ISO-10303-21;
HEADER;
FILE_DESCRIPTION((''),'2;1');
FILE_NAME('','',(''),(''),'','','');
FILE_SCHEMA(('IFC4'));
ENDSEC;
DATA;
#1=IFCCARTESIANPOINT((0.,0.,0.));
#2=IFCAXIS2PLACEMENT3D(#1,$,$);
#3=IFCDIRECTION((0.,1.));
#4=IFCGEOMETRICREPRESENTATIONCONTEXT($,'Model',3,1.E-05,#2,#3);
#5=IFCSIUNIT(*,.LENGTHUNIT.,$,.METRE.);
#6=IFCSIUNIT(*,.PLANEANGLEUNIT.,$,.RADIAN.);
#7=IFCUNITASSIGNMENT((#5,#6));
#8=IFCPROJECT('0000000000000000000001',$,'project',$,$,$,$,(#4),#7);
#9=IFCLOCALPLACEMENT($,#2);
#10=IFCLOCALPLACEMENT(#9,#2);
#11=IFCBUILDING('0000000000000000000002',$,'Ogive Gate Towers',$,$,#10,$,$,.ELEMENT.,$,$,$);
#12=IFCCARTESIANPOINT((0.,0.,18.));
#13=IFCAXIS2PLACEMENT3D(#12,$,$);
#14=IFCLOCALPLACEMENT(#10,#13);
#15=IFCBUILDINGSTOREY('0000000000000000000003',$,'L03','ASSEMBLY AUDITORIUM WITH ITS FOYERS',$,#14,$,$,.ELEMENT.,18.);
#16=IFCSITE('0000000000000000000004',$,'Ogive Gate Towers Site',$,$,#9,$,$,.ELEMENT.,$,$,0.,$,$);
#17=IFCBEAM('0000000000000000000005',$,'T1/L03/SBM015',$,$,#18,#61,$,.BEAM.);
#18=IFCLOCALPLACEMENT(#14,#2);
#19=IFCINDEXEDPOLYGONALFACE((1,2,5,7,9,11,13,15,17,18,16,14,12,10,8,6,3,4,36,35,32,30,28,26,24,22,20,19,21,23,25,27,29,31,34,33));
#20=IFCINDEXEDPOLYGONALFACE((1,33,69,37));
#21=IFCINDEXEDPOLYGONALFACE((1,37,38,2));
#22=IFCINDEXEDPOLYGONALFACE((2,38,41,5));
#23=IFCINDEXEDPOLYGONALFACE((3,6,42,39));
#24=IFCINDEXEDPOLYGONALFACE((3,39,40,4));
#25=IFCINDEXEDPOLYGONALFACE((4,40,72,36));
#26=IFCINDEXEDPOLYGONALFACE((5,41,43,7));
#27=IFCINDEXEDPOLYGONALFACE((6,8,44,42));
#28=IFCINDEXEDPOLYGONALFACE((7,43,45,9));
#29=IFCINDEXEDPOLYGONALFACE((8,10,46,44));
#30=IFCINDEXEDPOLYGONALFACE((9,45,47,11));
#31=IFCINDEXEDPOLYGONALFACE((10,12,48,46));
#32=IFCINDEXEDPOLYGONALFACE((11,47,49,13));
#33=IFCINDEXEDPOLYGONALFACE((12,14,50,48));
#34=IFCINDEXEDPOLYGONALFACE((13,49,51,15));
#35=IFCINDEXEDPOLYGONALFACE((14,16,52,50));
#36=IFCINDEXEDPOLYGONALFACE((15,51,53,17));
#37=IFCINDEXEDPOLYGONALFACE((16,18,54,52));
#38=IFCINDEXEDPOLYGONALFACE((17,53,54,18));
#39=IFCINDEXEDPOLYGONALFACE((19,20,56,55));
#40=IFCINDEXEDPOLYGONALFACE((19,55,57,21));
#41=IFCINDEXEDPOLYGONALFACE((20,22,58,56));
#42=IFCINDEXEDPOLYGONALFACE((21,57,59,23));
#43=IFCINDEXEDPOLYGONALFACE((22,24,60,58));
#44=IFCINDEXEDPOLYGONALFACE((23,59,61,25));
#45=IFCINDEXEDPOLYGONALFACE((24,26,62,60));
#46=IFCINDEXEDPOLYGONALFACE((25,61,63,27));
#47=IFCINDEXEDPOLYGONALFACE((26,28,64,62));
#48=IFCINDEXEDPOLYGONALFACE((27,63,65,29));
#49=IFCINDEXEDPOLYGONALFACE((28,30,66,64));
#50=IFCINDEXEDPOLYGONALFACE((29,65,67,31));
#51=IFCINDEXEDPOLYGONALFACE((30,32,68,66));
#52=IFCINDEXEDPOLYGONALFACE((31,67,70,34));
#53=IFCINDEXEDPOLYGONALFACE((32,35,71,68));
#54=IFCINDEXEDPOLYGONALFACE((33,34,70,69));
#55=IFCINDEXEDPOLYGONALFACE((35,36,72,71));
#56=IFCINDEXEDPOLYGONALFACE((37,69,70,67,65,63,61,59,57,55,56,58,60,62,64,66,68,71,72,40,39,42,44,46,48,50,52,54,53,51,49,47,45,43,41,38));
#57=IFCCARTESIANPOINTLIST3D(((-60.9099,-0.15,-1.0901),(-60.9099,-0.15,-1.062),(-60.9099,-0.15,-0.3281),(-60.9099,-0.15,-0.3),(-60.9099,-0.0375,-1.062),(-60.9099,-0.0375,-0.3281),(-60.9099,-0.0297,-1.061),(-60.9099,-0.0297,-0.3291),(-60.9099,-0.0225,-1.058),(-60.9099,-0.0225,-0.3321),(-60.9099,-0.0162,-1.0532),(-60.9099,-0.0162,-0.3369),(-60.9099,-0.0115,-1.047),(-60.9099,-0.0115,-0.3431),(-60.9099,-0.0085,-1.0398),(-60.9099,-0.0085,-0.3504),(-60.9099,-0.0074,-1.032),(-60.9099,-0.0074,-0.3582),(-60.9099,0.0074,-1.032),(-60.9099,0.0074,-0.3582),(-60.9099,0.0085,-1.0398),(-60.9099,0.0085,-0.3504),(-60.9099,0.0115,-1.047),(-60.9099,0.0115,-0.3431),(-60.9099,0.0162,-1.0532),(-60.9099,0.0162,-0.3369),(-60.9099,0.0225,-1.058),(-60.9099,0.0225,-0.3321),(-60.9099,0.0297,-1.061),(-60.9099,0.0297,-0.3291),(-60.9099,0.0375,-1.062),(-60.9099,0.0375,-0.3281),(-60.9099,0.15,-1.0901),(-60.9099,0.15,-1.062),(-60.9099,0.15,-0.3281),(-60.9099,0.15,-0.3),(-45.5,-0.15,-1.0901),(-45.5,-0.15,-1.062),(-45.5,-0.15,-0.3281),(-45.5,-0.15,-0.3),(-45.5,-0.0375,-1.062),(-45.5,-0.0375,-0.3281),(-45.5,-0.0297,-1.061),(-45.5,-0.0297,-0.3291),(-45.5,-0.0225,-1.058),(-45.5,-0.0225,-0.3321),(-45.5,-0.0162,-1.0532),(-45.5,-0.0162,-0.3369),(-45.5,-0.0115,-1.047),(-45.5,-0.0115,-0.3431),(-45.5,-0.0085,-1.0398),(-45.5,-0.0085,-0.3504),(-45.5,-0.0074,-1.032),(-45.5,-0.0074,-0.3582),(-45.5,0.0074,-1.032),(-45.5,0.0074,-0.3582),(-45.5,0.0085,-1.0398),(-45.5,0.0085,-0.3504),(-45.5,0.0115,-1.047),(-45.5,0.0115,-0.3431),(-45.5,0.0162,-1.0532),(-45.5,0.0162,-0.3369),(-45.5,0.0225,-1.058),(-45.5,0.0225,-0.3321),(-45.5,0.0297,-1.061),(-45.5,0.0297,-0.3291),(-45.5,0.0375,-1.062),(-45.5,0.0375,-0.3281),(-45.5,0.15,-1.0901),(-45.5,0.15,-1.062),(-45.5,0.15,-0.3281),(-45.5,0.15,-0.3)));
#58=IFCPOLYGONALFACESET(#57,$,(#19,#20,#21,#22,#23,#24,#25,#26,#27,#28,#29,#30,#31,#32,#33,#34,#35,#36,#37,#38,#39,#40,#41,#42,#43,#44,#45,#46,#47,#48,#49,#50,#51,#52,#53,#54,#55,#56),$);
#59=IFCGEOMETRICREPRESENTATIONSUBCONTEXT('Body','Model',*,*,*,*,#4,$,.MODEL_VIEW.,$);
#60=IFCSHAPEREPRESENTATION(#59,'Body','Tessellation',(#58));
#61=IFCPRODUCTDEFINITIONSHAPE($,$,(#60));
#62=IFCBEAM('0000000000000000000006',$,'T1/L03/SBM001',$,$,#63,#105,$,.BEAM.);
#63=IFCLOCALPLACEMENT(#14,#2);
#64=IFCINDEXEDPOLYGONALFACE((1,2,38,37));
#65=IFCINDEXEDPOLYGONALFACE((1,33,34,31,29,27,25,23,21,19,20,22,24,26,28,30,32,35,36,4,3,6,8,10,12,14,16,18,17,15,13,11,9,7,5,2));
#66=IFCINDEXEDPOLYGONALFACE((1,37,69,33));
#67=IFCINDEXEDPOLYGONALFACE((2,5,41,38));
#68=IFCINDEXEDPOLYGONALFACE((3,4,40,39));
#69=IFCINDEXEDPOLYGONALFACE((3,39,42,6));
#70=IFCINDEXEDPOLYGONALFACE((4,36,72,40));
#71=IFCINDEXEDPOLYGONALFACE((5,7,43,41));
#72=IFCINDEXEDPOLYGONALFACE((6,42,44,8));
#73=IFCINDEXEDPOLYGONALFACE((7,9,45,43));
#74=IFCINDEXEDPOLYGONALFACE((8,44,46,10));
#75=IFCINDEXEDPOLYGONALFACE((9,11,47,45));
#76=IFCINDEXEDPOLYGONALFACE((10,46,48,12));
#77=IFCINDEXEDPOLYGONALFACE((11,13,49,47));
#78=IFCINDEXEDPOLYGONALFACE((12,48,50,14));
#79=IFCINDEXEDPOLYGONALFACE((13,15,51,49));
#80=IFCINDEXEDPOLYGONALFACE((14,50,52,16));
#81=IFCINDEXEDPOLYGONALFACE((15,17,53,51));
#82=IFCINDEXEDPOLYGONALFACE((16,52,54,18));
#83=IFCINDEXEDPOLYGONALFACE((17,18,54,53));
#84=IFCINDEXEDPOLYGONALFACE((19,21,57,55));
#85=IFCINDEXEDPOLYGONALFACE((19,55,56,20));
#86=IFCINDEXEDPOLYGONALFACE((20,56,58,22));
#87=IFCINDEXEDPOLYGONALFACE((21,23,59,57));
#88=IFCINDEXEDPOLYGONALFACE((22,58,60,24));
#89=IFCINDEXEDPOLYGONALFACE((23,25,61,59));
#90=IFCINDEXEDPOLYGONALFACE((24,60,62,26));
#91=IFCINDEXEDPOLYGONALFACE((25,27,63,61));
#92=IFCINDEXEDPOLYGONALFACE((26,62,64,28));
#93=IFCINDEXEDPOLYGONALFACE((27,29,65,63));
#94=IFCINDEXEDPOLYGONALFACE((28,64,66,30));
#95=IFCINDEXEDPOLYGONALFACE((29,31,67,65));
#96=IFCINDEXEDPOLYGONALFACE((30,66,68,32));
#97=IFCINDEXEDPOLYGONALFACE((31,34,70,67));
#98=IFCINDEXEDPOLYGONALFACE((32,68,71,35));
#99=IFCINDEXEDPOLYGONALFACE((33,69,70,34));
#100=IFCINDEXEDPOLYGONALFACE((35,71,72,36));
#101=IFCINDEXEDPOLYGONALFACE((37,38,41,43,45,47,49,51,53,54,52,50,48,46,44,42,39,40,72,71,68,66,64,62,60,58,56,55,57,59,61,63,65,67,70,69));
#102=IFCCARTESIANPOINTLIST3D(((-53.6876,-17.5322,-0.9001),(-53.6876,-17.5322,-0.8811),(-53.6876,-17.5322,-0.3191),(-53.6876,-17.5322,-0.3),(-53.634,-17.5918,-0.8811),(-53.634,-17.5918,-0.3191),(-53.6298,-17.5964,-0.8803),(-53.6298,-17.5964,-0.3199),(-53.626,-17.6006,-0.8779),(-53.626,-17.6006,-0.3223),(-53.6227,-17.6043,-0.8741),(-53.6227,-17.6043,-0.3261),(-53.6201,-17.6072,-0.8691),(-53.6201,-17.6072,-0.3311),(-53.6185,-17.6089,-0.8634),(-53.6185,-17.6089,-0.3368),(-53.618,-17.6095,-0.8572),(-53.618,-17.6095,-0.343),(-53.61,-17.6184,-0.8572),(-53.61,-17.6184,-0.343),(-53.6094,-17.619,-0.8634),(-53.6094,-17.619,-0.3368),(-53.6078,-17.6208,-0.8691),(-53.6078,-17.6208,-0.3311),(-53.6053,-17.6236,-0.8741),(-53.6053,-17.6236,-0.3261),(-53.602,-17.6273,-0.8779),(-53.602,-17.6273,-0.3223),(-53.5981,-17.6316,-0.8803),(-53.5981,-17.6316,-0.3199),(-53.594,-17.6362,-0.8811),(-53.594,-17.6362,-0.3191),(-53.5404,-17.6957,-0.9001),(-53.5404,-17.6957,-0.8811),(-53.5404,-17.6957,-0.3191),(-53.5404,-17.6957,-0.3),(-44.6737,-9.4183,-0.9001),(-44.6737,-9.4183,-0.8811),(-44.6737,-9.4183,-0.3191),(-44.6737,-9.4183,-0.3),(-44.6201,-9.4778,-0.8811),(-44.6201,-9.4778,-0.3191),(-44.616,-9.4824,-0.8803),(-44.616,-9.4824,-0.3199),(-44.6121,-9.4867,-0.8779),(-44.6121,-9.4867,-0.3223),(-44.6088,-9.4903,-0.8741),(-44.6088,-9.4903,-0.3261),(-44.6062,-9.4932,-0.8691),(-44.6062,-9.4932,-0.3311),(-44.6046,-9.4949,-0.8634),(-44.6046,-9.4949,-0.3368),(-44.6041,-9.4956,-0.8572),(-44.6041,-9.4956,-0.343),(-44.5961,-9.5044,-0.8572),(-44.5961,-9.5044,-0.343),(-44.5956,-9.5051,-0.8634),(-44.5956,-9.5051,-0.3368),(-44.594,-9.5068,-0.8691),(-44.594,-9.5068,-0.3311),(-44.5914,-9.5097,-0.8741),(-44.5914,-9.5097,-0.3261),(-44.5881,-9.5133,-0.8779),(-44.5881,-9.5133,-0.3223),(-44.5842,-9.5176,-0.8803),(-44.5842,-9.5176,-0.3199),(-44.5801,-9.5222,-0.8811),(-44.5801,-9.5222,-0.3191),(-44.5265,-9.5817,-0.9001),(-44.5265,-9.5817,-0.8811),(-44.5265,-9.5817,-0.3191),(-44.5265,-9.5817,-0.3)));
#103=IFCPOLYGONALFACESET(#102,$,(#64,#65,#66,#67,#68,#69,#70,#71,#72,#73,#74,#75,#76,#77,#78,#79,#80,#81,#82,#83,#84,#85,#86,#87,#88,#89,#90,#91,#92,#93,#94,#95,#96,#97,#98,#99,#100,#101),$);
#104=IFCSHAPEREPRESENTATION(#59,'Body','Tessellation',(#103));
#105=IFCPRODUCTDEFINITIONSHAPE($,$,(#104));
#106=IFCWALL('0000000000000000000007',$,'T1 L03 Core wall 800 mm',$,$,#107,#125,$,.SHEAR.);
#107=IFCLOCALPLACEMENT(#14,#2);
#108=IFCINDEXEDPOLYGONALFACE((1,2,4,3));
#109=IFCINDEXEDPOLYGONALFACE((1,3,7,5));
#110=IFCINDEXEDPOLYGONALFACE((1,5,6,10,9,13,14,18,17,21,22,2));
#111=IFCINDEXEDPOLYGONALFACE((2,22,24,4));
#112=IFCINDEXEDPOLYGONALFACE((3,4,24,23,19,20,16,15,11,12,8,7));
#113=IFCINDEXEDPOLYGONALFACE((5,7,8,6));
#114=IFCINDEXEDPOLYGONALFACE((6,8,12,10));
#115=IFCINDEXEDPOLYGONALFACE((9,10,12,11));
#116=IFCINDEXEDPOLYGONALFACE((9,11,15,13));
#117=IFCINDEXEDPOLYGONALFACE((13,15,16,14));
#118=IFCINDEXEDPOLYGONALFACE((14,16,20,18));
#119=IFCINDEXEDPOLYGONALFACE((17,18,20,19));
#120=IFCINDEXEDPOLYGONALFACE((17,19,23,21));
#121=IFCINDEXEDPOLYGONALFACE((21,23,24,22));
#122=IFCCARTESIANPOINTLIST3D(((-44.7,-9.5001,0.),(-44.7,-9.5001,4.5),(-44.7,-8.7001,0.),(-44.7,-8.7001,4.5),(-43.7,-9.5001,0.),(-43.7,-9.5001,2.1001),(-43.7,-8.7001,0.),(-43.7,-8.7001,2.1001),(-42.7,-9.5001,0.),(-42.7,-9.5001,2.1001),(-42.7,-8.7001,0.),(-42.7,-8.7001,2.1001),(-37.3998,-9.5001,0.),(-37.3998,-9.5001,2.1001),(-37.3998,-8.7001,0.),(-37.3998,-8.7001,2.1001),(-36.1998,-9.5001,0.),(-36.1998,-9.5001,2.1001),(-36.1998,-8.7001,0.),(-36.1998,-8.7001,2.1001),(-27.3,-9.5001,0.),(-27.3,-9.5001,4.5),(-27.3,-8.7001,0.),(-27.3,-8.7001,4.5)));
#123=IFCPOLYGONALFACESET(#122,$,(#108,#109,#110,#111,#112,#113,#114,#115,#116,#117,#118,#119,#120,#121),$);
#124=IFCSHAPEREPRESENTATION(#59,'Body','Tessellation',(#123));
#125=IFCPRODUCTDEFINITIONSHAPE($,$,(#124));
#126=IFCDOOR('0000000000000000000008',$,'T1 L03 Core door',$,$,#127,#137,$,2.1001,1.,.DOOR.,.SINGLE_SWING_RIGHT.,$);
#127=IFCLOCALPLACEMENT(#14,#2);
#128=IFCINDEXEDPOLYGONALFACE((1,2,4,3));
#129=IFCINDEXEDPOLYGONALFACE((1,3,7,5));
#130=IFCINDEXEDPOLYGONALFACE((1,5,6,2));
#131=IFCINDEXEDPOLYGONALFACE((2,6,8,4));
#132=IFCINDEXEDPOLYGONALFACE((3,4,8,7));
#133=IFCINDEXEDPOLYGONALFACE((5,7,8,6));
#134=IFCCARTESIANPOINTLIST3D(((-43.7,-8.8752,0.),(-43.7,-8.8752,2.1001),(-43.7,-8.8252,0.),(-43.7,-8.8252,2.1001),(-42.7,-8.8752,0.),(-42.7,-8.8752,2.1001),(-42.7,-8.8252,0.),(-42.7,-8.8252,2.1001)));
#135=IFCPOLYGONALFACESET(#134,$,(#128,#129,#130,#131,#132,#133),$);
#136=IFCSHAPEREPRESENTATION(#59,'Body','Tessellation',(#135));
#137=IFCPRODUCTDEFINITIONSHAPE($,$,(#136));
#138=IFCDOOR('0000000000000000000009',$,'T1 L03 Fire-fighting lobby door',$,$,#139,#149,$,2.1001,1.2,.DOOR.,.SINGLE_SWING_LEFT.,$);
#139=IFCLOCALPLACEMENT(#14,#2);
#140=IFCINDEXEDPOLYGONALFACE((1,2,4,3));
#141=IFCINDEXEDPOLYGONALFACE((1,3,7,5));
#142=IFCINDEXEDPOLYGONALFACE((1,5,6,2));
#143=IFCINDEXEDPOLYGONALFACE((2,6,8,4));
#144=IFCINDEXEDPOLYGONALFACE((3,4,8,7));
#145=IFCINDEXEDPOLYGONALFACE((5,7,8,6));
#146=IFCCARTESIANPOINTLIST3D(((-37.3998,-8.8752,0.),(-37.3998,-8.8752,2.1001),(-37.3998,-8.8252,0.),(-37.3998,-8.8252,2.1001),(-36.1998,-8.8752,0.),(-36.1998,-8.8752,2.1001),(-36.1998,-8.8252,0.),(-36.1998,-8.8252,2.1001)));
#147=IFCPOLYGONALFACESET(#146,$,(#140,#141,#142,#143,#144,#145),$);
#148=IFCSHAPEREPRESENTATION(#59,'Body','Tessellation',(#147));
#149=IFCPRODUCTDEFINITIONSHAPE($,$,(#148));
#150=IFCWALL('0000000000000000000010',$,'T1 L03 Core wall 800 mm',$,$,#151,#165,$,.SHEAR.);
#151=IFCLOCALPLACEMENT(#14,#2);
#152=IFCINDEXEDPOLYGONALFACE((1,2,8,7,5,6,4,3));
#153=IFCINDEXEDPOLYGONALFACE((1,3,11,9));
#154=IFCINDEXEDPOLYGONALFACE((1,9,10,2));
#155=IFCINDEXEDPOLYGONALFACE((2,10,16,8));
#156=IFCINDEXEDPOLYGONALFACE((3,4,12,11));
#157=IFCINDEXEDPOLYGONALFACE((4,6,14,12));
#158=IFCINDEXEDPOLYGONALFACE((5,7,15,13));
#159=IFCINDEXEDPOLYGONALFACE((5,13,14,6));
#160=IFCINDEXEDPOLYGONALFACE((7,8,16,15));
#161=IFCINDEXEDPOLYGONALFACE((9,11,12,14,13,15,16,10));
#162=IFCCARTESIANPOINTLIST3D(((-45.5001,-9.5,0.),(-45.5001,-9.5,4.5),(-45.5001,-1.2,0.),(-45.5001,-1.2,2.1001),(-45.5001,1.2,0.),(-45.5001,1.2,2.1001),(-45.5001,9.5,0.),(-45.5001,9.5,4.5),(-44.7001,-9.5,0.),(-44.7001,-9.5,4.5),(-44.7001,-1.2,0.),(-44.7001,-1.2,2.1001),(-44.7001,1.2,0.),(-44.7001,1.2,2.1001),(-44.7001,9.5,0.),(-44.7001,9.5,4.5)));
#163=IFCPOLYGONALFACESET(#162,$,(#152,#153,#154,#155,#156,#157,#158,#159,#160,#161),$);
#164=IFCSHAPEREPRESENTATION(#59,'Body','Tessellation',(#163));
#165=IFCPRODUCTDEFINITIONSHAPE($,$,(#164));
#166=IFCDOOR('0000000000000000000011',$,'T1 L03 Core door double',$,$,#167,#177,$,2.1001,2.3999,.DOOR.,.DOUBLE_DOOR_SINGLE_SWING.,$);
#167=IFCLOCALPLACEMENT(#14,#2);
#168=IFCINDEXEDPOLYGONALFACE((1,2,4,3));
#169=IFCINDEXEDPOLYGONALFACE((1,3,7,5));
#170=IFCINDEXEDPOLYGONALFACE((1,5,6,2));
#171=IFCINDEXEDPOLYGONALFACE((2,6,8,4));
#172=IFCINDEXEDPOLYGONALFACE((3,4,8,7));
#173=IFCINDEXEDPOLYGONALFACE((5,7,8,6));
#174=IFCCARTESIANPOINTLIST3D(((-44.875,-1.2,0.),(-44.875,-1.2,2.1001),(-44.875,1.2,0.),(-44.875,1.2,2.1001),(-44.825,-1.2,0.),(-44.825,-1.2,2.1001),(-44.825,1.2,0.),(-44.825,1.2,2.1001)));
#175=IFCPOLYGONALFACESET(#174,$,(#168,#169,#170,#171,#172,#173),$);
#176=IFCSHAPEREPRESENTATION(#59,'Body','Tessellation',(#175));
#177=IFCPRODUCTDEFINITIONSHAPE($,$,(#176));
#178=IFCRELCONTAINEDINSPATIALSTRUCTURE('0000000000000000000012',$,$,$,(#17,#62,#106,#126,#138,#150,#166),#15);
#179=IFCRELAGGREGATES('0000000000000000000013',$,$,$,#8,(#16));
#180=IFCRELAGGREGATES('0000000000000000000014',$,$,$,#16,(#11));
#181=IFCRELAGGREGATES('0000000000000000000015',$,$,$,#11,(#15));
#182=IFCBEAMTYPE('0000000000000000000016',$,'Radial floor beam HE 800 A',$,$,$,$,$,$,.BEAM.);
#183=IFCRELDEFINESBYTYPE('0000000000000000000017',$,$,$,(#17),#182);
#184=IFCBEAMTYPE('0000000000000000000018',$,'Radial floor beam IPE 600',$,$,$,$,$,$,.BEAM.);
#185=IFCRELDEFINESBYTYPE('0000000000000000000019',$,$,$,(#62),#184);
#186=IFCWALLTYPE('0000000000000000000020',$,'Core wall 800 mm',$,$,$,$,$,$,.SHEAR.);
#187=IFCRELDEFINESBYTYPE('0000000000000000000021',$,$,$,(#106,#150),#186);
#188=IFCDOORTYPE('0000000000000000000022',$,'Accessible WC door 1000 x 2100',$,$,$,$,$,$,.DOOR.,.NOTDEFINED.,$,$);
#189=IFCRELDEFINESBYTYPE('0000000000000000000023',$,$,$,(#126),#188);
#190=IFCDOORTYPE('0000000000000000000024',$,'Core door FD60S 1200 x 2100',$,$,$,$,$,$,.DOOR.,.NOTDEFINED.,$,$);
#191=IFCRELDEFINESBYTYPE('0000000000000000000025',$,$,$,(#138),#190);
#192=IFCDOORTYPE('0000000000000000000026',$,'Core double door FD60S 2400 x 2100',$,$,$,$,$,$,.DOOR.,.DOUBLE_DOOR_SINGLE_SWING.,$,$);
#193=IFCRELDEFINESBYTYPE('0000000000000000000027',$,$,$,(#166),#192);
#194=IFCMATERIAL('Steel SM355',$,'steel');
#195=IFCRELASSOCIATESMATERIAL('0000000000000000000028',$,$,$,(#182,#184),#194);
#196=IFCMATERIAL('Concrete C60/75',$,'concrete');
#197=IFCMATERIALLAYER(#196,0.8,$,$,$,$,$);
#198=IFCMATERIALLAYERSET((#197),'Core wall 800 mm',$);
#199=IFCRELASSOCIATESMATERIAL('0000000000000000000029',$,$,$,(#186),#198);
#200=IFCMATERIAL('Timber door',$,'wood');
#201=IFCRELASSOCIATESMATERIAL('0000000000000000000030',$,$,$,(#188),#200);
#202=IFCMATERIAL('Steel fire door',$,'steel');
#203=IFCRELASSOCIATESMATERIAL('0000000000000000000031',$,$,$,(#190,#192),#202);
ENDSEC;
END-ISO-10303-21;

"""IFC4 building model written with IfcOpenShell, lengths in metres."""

from ifc_helpers import new_model, si_unit, direction, frame, frame_2d, origin, origin_2d, place, context, subcontext, project, spatial, rectangle, i_section, extrude, material, layer, layer_set, material_profile, profile_set, type_object, element, fill, save


model = new_model("IFC4")

# Units and contexts
model_context = context("Model", 3, precision=1e-05, world=origin(), true_north=direction((0.0, 1.0)))
body_context = subcontext(model_context, "Body", "Model", "MODEL_VIEW")
ifc_project = project(units=[si_unit("LENGTHUNIT", "METRE"), si_unit("PLANEANGLEUNIT", "RADIAN")], contexts=[model_context])

# Site, building, storey
site_placement = place(None, origin())
site = spatial("IfcSite", under=ifc_project, at=site_placement, Name="Ogive Gate Towers Site", CompositionType="ELEMENT", RefElevation=0.0)
building_placement = place(site_placement, origin())
building = spatial("IfcBuilding", under=site, at=building_placement, Name="Ogive Gate Towers", CompositionType="ELEMENT")
storey_placement = place(building_placement, frame((0.0, 0.0, 18.0)))
storey = spatial("IfcBuildingStorey", under=building, at=storey_placement, Name="L03", Description="ASSEMBLY AUDITORIUM WITH ITS FOYERS", CompositionType="ELEMENT", Elevation=18.0)

# Beams
ifc_material_1 = material(Name="Steel SM355", Category="steel")
ifc_material_profile_1 = material_profile(ifc_material_1, i_section(OverallWidth=0.3, OverallDepth=0.79, WebThickness=0.0149, FlangeThickness=0.0281, FilletRadius=0.03, at=origin_2d()), Name="HE 800 A")
ifc_profile_set_1 = profile_set([ifc_material_profile_1], Name="Steel SM355")
beam_type_1 = type_object("IfcBeamType", Name="Radial floor beam HE 800 A", PredefinedType="BEAM", material=ifc_profile_set_1)
beam_1_placement = place(storey_placement, frame((-45.5, 0.0, -0.6951), z_axis=(-1.0, 0.0, 0.0), x_axis=(0.0, -1.0, 0.0)))
element("IfcBeam", 1, at=beam_1_placement, inside=storey, type_object=beam_type_1, Name="T1/L03/SBM015", PredefinedType="BEAM", context=body_context, shape_type="SweptSolid", body=[
    extrude(i_section(OverallWidth=0.3, OverallDepth=0.79, WebThickness=0.0149, FlangeThickness=0.0281, FilletRadius=0.03, at=origin_2d()), origin(), (0.0, 0.0, 1.0), 15.4099),
])
ifc_material_profile_2 = material_profile(ifc_material_1, i_section(OverallWidth=0.22, OverallDepth=0.6001, WebThickness=0.012, FlangeThickness=0.019, FilletRadius=0.0239, at=origin_2d()), Name="IPE 600")
ifc_profile_set_2 = profile_set([ifc_material_profile_2], Name="Steel SM355")
beam_type_2 = type_object("IfcBeamType", Name="Radial floor beam IPE 600", PredefinedType="BEAM", material=ifc_profile_set_2)
beam_2_placement = place(storey_placement, frame((-44.6001, -9.5, -0.6001), z_axis=(-0.743233, -0.669033, 0.0), x_axis=(0.669033, -0.743233, 0.0)))
element("IfcBeam", 2, at=beam_2_placement, inside=storey, type_object=beam_type_2, Name="T1/L03/SBM001", PredefinedType="BEAM", context=body_context, shape_type="SweptSolid", body=[
    extrude(i_section(OverallWidth=0.22, OverallDepth=0.6001, WebThickness=0.012, FlangeThickness=0.019, FilletRadius=0.0239, at=origin_2d()), origin(), (0.0, 0.0, 1.0), 12.1279),
])

# Wall, openings, doors
ifc_material_2 = material(Name="Concrete C60/75", Category="concrete")
ifc_layer_1 = layer(ifc_material_2, 0.8)
ifc_layer_set_1 = layer_set([ifc_layer_1], Name="Core wall 800 mm")
wall_type_1 = type_object("IfcWallType", Name="Core wall 800 mm", PredefinedType="SHEAR", material=ifc_layer_set_1)
wall_1_placement = place(storey_placement, frame((-44.7, -9.1001, 0.0), z_axis=(0.0, 0.0, 1.0), x_axis=(1.0, 0.0, 0.0)))
wall_1 = element("IfcWall", 3, at=wall_1_placement, inside=storey, type_object=wall_type_1, Name="T1 L03 Core wall 800 mm", PredefinedType="SHEAR", context=body_context, shape_type="SweptSolid", body=[
    extrude(rectangle(XDim=17.3999, YDim=0.8, at=frame_2d((8.7, 0.0))), origin(), (0.0, 0.0, 1.0), 4.5),
])
opening_1_placement = place(wall_1_placement, frame((7.3, 0.0, 0.0)))
opening_1 = element("IfcOpeningElement", 4, at=opening_1_placement, cuts=wall_1, PredefinedType="OPENING", context=body_context, shape_type="SweptSolid", body=[
    extrude(rectangle(XDim=1.2, YDim=2.1001, at=frame_2d((0.6001, 1.05))), frame((0.0, 0.4102, 0.0), z_axis=(0.0, -1.0, 0.0), x_axis=(1.0, 0.0, 0.0)), (0.0, 0.0, 1.0), 0.8201),
])
opening_2_placement = place(wall_1_placement, frame((1.0, 0.0, 0.0)))
opening_2 = element("IfcOpeningElement", 5, at=opening_2_placement, cuts=wall_1, PredefinedType="OPENING", context=body_context, shape_type="SweptSolid", body=[
    extrude(rectangle(XDim=1.0, YDim=2.1001, at=frame_2d((0.5, 1.05))), frame((0.0, 0.4102, 0.0), z_axis=(0.0, -1.0, 0.0), x_axis=(1.0, 0.0, 0.0)), (0.0, 0.0, 1.0), 0.8201),
])
ifc_material_3 = material(Name="Timber door", Category="wood")
door_type_1 = type_object("IfcDoorType", Name="Accessible WC door 1000 x 2100", OperationType="NOTDEFINED", PredefinedType="DOOR", material=ifc_material_3)
door_1_placement = place(opening_2_placement, origin())
door_1 = element("IfcDoor", 6, at=door_1_placement, inside=storey, type_object=door_type_1, Name="T1 L03 Core door", OperationType="SINGLE_SWING_RIGHT", OverallHeight=2.1001, OverallWidth=1.0, PredefinedType="DOOR", context=body_context, shape_type="SweptSolid", body=[
    extrude(rectangle(XDim=1.0, YDim=2.1001, at=frame_2d((0.5, 1.05))), frame((0.0, 0.2749, 0.0), z_axis=(0.0, -1.0, 0.0), x_axis=(1.0, 0.0, 0.0)), (0.0, 0.0, 1.0), 0.05),
])
fill(opening_2, door_1)
ifc_material_4 = material(Name="Steel fire door", Category="steel")
door_type_2 = type_object("IfcDoorType", Name="Core door FD60S 1200 x 2100", OperationType="NOTDEFINED", PredefinedType="DOOR", material=ifc_material_4)
door_2_placement = place(opening_1_placement, origin())
door_2 = element("IfcDoor", 7, at=door_2_placement, inside=storey, type_object=door_type_2, Name="T1 L03 Fire-fighting lobby door", OperationType="SINGLE_SWING_LEFT", OverallHeight=2.1001, OverallWidth=1.2, PredefinedType="DOOR", context=body_context, shape_type="SweptSolid", body=[
    extrude(rectangle(XDim=1.2, YDim=2.1001, at=frame_2d((0.6001, 1.05))), frame((0.0, 0.2749, 0.0), z_axis=(0.0, -1.0, 0.0), x_axis=(1.0, 0.0, 0.0)), (0.0, 0.0, 1.0), 0.05),
])
fill(opening_1, door_2)

# Wall, opening, door
wall_2_placement = place(storey_placement, frame((-45.1001, -9.5, 0.0), z_axis=(0.0, 0.0, 1.0), x_axis=(0.0, 1.0, 0.0)))
wall_2 = element("IfcWall", 8, at=wall_2_placement, inside=storey, type_object=wall_type_1, Name="T1 L03 Core wall 800 mm", PredefinedType="SHEAR", context=body_context, shape_type="SweptSolid", body=[
    extrude(rectangle(XDim=19.0, YDim=0.8, at=frame_2d((9.5, 0.0))), origin(), (0.0, 0.0, 1.0), 4.5),
])
opening_3_placement = place(wall_2_placement, frame((8.3, 0.0, 0.0)))
opening_3 = element("IfcOpeningElement", 9, at=opening_3_placement, cuts=wall_2, PredefinedType="OPENING", context=body_context, shape_type="SweptSolid", body=[
    extrude(rectangle(XDim=2.3999, YDim=2.1001, at=frame_2d((1.2, 1.05))), frame((0.0, 0.4102, 0.0), z_axis=(0.0, -1.0, 0.0), x_axis=(1.0, 0.0, 0.0)), (0.0, 0.0, 1.0), 0.8201),
])
door_type_3 = type_object("IfcDoorType", Name="Core double door FD60S 2400 x 2100", OperationType="DOUBLE_DOOR_SINGLE_SWING", PredefinedType="DOOR", material=ifc_material_4)
door_3_placement = place(opening_3_placement, origin())
door_3 = element("IfcDoor", 10, at=door_3_placement, inside=storey, type_object=door_type_3, Name="T1 L03 Core door double", OperationType="DOUBLE_DOOR_SINGLE_SWING", OverallHeight=2.1001, OverallWidth=2.3999, PredefinedType="DOOR", context=body_context, shape_type="SweptSolid", body=[
    extrude(rectangle(XDim=2.3999, YDim=2.1001, at=frame_2d((1.2, 1.05))), frame((0.0, -0.2251, 0.0), z_axis=(0.0, -1.0, 0.0), x_axis=(1.0, 0.0, 0.0)), (0.0, 0.0, 1.0), 0.05),
])
fill(opening_3, door_3)

save(model, "model.ifc")
